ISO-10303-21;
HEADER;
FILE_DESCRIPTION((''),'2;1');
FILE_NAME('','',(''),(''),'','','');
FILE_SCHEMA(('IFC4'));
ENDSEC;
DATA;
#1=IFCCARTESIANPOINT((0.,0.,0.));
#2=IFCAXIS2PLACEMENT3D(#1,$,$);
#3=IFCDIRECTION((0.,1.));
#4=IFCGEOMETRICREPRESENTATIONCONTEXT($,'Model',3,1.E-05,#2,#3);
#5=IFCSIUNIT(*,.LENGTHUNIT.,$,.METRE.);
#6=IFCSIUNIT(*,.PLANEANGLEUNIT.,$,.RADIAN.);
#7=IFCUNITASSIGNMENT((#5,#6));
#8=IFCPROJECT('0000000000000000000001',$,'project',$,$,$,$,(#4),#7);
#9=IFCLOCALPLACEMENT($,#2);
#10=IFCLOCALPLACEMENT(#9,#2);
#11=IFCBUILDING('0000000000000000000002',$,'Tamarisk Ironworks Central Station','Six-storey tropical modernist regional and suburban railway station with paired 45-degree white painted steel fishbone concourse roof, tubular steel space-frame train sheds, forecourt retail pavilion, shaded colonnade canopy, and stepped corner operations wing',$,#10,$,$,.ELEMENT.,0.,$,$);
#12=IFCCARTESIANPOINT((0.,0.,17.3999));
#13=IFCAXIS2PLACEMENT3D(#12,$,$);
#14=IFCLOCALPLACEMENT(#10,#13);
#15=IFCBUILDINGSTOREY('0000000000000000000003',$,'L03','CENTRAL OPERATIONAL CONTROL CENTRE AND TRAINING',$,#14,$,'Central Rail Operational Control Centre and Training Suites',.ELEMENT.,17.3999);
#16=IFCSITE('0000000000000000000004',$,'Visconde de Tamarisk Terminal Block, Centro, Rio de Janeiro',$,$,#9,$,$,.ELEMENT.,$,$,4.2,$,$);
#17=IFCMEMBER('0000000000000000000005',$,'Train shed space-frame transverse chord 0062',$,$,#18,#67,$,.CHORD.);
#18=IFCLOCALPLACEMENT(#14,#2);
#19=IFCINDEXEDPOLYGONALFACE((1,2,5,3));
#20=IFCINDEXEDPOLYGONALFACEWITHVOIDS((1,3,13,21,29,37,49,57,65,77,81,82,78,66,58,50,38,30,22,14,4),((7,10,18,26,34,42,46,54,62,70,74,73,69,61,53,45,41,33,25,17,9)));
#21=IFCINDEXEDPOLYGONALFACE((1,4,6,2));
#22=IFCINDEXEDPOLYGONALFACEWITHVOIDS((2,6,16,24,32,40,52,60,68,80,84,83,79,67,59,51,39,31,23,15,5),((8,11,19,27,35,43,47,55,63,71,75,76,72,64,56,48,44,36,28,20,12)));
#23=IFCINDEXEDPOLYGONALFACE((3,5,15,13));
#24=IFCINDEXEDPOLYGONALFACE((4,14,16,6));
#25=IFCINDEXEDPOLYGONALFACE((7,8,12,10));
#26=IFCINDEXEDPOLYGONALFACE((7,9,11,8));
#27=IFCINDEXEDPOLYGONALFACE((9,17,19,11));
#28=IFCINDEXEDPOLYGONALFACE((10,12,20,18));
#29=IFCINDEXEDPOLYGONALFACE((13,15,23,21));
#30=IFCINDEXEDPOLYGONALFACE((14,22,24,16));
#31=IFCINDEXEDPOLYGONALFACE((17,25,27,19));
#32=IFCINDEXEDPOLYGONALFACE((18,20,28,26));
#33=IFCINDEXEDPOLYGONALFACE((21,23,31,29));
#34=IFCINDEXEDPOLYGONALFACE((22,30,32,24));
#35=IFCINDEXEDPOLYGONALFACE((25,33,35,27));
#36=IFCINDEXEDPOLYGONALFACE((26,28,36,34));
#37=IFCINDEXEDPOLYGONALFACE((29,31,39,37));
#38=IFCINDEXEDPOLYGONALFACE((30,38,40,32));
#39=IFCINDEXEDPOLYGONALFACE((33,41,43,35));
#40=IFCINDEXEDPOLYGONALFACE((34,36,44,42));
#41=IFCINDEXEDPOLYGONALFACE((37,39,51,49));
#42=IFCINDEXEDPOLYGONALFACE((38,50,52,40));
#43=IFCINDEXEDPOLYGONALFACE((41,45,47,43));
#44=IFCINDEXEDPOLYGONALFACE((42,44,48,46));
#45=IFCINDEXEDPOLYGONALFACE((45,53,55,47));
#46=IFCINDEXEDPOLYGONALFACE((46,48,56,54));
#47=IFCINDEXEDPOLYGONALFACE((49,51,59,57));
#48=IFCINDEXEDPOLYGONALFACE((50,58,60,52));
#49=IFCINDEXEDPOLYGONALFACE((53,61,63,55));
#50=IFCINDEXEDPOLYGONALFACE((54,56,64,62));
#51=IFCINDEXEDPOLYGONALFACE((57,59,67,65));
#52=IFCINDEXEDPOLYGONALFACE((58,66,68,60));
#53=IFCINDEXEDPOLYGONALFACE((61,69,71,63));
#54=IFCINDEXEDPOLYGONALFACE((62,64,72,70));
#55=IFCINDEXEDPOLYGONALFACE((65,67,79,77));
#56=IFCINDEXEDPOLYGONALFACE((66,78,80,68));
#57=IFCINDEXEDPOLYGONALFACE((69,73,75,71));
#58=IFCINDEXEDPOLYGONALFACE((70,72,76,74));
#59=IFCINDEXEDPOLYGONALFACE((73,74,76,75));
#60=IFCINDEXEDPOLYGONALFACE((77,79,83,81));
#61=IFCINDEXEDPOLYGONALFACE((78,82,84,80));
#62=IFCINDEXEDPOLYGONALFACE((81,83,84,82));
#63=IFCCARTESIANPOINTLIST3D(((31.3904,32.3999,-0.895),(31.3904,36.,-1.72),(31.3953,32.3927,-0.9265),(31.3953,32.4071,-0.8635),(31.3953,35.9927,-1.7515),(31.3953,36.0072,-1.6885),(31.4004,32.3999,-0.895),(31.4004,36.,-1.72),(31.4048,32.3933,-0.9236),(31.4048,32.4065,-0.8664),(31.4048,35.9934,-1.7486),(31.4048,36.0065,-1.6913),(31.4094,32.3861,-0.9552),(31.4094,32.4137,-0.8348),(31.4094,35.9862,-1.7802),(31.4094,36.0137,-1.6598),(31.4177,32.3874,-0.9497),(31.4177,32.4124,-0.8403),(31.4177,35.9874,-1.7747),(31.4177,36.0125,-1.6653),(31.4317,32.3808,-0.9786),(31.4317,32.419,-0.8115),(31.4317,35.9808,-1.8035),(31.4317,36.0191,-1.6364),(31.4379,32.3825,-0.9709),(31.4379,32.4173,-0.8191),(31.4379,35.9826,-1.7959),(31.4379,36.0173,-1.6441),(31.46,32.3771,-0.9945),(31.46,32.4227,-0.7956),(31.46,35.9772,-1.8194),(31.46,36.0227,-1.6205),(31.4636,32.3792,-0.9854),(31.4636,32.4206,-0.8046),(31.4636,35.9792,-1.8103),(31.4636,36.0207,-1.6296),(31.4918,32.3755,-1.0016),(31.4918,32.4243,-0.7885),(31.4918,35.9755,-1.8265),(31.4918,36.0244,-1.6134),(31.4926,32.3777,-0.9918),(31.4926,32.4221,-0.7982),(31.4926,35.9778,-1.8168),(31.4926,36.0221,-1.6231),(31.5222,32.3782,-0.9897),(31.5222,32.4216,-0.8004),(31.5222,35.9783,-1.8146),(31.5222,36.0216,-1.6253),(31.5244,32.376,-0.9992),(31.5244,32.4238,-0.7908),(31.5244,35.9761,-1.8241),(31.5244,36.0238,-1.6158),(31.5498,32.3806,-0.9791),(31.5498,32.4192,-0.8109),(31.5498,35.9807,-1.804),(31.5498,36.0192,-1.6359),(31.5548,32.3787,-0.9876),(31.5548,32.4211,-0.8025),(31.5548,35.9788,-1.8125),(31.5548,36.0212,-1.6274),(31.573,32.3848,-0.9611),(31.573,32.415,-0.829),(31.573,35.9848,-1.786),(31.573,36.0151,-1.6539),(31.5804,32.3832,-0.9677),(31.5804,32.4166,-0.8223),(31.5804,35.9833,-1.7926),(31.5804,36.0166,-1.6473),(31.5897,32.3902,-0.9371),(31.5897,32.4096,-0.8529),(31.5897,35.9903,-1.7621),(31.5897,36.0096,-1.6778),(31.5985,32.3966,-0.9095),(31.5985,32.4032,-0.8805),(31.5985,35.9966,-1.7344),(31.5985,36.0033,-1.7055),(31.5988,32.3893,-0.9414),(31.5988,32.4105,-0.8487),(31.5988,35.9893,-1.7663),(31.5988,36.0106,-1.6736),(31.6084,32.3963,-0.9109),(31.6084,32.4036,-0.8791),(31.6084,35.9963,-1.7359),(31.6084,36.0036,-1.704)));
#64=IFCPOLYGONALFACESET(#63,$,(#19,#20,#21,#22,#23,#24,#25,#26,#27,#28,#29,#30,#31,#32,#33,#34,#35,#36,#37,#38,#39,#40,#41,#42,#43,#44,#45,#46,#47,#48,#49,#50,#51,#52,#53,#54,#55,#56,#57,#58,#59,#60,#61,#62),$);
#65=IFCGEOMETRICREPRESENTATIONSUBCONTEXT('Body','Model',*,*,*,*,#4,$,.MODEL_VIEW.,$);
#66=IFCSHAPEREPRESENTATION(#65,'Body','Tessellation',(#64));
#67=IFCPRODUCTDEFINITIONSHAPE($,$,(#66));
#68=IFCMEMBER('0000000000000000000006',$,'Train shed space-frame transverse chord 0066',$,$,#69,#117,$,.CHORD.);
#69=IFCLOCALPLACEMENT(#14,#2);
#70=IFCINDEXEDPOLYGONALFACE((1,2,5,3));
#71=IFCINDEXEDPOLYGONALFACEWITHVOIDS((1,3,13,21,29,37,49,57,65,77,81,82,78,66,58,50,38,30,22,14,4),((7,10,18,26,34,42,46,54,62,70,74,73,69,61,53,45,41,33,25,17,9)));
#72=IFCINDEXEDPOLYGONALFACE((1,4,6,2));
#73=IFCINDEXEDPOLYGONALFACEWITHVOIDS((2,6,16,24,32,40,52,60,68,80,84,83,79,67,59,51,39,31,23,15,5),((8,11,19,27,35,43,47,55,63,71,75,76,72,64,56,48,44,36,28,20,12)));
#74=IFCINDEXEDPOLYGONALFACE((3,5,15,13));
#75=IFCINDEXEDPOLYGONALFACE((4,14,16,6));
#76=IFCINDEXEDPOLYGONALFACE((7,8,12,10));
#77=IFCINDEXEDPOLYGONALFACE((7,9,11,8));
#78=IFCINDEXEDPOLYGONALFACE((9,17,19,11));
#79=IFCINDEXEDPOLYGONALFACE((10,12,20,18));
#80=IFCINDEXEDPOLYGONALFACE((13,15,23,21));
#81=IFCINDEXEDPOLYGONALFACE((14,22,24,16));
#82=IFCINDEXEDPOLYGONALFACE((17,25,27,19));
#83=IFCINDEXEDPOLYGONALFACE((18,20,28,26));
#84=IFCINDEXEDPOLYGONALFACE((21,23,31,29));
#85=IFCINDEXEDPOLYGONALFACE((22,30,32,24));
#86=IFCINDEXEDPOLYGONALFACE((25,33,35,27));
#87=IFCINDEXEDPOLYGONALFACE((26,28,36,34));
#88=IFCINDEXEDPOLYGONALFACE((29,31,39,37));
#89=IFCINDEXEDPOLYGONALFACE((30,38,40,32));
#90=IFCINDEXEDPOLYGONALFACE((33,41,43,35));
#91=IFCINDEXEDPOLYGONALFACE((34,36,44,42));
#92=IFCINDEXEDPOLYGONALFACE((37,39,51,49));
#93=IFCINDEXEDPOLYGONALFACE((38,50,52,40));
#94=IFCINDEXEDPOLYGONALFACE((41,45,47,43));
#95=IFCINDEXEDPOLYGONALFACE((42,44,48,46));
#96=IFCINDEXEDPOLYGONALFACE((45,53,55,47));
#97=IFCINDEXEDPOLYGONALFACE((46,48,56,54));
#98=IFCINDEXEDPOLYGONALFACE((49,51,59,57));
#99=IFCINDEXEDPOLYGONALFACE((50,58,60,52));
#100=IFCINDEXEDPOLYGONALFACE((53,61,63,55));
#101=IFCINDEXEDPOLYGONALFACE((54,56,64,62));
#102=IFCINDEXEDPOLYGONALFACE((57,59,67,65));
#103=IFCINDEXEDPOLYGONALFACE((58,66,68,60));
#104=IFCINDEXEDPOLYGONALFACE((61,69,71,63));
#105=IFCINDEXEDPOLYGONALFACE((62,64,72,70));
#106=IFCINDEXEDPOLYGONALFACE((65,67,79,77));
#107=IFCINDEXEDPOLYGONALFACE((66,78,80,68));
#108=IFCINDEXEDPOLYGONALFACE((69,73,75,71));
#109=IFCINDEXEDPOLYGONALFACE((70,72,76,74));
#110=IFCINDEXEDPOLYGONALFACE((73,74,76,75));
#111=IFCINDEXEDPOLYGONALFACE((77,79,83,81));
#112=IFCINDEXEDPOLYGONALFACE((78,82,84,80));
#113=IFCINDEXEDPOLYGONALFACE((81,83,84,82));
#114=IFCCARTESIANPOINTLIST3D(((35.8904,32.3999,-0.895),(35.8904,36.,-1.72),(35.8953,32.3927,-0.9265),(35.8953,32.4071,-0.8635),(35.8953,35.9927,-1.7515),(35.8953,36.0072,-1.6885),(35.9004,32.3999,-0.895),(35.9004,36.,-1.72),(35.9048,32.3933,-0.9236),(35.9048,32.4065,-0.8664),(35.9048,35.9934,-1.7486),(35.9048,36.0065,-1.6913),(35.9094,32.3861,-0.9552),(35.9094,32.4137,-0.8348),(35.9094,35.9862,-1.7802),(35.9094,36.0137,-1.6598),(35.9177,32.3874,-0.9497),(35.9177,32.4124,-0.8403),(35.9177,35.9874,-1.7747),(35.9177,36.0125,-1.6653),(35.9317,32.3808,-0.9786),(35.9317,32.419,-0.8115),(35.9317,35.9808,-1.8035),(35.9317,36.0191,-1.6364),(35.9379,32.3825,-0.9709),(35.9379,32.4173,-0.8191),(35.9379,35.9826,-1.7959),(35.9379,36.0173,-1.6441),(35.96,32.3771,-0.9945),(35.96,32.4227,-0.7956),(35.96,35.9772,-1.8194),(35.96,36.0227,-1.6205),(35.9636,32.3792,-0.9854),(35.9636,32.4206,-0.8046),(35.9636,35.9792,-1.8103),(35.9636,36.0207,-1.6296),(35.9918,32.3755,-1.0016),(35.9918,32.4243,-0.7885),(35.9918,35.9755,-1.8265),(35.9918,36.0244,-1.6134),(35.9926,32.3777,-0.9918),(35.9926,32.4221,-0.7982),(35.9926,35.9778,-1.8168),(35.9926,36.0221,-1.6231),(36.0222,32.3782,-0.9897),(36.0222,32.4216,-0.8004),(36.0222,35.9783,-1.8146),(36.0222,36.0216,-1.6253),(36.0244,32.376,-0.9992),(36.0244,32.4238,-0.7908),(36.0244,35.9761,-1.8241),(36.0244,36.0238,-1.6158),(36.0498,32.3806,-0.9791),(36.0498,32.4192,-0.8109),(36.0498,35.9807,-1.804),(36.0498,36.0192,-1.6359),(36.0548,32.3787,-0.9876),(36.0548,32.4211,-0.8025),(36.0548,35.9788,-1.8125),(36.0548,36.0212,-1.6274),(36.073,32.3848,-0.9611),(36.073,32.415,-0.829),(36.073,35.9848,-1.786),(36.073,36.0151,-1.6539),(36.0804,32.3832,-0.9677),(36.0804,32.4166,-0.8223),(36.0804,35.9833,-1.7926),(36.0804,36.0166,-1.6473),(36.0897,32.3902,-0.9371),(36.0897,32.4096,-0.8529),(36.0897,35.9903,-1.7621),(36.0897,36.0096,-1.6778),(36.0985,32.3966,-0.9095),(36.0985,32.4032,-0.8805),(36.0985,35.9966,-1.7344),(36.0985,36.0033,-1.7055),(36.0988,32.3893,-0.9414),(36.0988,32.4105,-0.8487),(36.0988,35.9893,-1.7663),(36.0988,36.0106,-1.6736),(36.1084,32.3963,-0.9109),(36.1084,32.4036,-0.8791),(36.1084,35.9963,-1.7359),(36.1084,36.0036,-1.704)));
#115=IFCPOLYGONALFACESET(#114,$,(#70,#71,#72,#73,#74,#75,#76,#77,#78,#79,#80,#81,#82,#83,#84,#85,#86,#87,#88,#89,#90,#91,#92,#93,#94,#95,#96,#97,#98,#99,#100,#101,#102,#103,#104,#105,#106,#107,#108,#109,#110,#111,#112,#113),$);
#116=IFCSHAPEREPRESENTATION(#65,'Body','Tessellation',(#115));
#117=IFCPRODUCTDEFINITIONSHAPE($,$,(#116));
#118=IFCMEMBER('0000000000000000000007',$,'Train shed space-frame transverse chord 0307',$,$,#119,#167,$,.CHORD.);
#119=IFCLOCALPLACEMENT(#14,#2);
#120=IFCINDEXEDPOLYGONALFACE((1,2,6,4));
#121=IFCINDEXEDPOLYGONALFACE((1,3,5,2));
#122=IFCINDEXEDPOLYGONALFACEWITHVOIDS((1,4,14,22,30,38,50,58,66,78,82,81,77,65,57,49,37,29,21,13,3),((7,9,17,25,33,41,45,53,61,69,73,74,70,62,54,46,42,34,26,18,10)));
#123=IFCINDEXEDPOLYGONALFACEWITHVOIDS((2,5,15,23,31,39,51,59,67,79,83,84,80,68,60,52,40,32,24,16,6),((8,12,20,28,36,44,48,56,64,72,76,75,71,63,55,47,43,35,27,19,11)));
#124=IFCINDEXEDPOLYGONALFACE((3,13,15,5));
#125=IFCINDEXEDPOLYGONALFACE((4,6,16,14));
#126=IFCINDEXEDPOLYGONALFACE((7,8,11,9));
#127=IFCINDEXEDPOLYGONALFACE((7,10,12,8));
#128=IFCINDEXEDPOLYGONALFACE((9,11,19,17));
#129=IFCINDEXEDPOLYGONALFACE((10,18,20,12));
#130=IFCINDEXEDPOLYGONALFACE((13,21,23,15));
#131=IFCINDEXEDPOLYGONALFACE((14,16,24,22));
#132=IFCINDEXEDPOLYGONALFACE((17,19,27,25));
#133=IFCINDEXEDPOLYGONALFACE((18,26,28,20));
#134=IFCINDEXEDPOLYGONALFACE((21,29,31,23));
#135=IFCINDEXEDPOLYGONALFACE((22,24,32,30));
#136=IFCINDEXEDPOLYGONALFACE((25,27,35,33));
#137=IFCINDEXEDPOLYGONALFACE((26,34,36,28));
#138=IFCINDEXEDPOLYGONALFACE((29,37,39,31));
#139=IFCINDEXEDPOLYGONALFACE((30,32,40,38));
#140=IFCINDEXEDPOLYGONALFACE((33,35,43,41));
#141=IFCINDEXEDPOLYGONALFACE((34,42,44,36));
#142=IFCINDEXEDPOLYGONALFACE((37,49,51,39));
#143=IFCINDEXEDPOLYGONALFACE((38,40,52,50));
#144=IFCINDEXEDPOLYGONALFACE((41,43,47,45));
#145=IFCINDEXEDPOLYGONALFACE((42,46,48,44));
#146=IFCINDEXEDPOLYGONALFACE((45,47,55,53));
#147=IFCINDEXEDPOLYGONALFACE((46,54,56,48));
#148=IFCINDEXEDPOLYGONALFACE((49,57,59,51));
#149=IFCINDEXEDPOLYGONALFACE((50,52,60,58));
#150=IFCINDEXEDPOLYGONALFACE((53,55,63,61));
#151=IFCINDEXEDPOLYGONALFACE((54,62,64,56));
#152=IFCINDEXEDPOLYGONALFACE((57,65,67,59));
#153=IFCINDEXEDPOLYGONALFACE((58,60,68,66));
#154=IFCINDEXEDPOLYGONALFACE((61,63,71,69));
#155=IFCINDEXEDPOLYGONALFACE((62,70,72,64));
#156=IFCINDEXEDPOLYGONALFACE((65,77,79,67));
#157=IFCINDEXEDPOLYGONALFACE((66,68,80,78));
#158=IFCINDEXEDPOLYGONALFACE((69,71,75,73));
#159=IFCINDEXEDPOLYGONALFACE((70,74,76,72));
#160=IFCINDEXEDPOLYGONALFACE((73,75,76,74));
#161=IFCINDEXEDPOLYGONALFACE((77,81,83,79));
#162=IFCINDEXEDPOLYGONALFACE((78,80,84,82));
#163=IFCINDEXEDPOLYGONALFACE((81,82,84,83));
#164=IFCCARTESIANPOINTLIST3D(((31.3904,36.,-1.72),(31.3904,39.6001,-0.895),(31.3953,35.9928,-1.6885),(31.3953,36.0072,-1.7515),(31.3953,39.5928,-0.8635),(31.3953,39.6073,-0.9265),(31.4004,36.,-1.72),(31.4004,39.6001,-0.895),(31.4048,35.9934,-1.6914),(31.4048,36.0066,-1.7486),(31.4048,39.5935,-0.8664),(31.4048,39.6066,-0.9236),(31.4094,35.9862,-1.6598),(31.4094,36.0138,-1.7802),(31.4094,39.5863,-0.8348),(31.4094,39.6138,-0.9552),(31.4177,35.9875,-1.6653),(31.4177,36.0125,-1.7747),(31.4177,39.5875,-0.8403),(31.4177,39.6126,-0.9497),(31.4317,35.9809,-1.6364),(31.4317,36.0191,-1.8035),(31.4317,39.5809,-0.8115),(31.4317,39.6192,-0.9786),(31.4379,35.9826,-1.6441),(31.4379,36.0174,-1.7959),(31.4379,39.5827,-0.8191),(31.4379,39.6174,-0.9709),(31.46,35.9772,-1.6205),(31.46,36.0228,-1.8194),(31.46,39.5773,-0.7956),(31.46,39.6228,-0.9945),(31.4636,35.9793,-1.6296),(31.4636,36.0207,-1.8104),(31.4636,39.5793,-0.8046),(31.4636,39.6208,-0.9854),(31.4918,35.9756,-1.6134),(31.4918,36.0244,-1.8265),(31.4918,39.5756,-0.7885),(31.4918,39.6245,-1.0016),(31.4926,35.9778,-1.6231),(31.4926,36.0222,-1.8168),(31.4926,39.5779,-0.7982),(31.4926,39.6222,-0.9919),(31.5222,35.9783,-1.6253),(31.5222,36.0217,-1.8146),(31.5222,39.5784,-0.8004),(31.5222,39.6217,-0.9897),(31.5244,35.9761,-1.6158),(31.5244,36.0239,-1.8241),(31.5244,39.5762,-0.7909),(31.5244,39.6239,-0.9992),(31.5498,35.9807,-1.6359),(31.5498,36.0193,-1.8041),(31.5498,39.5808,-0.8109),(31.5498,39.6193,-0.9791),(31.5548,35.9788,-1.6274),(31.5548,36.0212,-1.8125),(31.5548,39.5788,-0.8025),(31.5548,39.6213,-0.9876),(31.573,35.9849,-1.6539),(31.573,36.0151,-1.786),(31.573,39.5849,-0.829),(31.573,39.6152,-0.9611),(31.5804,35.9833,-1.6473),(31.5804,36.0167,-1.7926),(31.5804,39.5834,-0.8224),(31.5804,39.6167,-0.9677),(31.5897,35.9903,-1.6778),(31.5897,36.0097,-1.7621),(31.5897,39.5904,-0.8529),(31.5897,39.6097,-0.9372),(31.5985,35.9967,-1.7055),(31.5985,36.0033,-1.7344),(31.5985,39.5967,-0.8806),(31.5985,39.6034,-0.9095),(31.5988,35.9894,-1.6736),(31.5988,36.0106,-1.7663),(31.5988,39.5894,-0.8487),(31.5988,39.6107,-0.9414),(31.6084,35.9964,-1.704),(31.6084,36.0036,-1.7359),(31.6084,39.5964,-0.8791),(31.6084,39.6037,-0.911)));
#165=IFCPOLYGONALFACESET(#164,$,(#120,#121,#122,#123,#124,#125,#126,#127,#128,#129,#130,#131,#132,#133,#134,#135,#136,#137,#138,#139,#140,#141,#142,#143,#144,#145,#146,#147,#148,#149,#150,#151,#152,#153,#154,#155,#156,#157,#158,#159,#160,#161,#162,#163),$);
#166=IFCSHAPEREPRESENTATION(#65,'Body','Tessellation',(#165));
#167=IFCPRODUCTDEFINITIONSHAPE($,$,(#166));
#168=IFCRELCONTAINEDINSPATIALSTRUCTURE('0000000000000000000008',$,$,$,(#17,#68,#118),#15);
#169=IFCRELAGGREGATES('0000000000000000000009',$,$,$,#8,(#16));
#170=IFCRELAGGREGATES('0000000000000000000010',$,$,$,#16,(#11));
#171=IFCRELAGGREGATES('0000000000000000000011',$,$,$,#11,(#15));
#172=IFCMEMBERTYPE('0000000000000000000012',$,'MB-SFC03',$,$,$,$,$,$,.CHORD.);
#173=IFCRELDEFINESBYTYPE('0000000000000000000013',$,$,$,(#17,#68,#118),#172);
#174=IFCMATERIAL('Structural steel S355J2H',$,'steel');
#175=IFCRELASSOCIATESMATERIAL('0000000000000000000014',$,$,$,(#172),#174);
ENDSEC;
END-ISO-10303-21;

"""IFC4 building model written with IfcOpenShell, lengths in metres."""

from ifc_helpers import new_model, si_unit, direction, frame, origin, origin_2d, place, context, subcontext, project, spatial, hollow_circle, extrude, material, material_profile, profile_set, type_object, element, save


model = new_model("IFC4")

# Units and contexts
model_context = context("Model", 3, precision=1e-05, world=origin(), true_north=direction((0.0, 1.0)))
body_context = subcontext(model_context, "Body", "Model", "MODEL_VIEW")
ifc_project = project(units=[si_unit("LENGTHUNIT", "METRE"), si_unit("PLANEANGLEUNIT", "RADIAN")], contexts=[model_context])

# Site, building, storey
site_placement = place(None, origin())
site = spatial("IfcSite", under=ifc_project, at=site_placement, Name="Visconde de Tamarisk Terminal Block, Centro, Rio de Janeiro", CompositionType="ELEMENT", RefElevation=4.2)
building_placement = place(site_placement, origin())
building = spatial("IfcBuilding", under=site, at=building_placement, Name="Tamarisk Ironworks Central Station", Description="Six-storey tropical modernist regional and suburban railway station with paired 45-degree white painted steel fishbone concourse roof, tubular steel space-frame train sheds, forecourt retail pavilion, shaded colonnade canopy, and stepped corner operations wing", CompositionType="ELEMENT", ElevationOfRefHeight=0.0)
storey_placement = place(building_placement, frame((0.0, 0.0, 17.3999)))
storey = spatial("IfcBuildingStorey", under=building, at=storey_placement, Name="L03", Description="CENTRAL OPERATIONAL CONTROL CENTRE AND TRAINING", LongName="Central Rail Operational Control Centre and Training Suites", CompositionType="ELEMENT", Elevation=17.3999)

# Members
ifc_material_1 = material(Name="Structural steel S355J2H", Category="steel")
ifc_material_profile_1 = material_profile(ifc_material_1, hollow_circle(Radius=0.1096, WallThickness=0.01, at=origin_2d()), Name="CHS 219.1x10")
ifc_profile_set_1 = profile_set([ifc_material_profile_1], Name="Structural steel S355J2H")
member_type_1 = type_object("IfcMemberType", Name="MB-SFC03", PredefinedType="CHORD", material=ifc_profile_set_1)
for number, where, z_axis, x_axis, name in (
    (1, (31.5, 32.3999, -0.895), (0.0, 0.974737, -0.223358), (-1.0, 0.0, 0.0), "Train shed space-frame transverse chord 0062"),
    (2, (36.0, 32.3999, -0.895), (0.0, 0.974737, -0.223358), (-1.0, 0.0, 0.0), "Train shed space-frame transverse chord 0066"),
    (3, (31.5, 36.0, -1.72), (0.0, 0.974737, 0.223358), (-1.0, 0.0, 0.0), "Train shed space-frame transverse chord 0307"),
):
    element("IfcMember", number, at=place(storey_placement, frame(where, z_axis=z_axis, x_axis=x_axis)), inside=storey, type_object=member_type_1, Name=name, PredefinedType="CHORD", context=body_context, shape_type="SweptSolid", body=[
        extrude(hollow_circle(Radius=0.1096, WallThickness=0.01, at=origin_2d()), origin(), (0.0, 0.0, 1.0), 3.6934),
    ])

save(model, "model.ifc")
